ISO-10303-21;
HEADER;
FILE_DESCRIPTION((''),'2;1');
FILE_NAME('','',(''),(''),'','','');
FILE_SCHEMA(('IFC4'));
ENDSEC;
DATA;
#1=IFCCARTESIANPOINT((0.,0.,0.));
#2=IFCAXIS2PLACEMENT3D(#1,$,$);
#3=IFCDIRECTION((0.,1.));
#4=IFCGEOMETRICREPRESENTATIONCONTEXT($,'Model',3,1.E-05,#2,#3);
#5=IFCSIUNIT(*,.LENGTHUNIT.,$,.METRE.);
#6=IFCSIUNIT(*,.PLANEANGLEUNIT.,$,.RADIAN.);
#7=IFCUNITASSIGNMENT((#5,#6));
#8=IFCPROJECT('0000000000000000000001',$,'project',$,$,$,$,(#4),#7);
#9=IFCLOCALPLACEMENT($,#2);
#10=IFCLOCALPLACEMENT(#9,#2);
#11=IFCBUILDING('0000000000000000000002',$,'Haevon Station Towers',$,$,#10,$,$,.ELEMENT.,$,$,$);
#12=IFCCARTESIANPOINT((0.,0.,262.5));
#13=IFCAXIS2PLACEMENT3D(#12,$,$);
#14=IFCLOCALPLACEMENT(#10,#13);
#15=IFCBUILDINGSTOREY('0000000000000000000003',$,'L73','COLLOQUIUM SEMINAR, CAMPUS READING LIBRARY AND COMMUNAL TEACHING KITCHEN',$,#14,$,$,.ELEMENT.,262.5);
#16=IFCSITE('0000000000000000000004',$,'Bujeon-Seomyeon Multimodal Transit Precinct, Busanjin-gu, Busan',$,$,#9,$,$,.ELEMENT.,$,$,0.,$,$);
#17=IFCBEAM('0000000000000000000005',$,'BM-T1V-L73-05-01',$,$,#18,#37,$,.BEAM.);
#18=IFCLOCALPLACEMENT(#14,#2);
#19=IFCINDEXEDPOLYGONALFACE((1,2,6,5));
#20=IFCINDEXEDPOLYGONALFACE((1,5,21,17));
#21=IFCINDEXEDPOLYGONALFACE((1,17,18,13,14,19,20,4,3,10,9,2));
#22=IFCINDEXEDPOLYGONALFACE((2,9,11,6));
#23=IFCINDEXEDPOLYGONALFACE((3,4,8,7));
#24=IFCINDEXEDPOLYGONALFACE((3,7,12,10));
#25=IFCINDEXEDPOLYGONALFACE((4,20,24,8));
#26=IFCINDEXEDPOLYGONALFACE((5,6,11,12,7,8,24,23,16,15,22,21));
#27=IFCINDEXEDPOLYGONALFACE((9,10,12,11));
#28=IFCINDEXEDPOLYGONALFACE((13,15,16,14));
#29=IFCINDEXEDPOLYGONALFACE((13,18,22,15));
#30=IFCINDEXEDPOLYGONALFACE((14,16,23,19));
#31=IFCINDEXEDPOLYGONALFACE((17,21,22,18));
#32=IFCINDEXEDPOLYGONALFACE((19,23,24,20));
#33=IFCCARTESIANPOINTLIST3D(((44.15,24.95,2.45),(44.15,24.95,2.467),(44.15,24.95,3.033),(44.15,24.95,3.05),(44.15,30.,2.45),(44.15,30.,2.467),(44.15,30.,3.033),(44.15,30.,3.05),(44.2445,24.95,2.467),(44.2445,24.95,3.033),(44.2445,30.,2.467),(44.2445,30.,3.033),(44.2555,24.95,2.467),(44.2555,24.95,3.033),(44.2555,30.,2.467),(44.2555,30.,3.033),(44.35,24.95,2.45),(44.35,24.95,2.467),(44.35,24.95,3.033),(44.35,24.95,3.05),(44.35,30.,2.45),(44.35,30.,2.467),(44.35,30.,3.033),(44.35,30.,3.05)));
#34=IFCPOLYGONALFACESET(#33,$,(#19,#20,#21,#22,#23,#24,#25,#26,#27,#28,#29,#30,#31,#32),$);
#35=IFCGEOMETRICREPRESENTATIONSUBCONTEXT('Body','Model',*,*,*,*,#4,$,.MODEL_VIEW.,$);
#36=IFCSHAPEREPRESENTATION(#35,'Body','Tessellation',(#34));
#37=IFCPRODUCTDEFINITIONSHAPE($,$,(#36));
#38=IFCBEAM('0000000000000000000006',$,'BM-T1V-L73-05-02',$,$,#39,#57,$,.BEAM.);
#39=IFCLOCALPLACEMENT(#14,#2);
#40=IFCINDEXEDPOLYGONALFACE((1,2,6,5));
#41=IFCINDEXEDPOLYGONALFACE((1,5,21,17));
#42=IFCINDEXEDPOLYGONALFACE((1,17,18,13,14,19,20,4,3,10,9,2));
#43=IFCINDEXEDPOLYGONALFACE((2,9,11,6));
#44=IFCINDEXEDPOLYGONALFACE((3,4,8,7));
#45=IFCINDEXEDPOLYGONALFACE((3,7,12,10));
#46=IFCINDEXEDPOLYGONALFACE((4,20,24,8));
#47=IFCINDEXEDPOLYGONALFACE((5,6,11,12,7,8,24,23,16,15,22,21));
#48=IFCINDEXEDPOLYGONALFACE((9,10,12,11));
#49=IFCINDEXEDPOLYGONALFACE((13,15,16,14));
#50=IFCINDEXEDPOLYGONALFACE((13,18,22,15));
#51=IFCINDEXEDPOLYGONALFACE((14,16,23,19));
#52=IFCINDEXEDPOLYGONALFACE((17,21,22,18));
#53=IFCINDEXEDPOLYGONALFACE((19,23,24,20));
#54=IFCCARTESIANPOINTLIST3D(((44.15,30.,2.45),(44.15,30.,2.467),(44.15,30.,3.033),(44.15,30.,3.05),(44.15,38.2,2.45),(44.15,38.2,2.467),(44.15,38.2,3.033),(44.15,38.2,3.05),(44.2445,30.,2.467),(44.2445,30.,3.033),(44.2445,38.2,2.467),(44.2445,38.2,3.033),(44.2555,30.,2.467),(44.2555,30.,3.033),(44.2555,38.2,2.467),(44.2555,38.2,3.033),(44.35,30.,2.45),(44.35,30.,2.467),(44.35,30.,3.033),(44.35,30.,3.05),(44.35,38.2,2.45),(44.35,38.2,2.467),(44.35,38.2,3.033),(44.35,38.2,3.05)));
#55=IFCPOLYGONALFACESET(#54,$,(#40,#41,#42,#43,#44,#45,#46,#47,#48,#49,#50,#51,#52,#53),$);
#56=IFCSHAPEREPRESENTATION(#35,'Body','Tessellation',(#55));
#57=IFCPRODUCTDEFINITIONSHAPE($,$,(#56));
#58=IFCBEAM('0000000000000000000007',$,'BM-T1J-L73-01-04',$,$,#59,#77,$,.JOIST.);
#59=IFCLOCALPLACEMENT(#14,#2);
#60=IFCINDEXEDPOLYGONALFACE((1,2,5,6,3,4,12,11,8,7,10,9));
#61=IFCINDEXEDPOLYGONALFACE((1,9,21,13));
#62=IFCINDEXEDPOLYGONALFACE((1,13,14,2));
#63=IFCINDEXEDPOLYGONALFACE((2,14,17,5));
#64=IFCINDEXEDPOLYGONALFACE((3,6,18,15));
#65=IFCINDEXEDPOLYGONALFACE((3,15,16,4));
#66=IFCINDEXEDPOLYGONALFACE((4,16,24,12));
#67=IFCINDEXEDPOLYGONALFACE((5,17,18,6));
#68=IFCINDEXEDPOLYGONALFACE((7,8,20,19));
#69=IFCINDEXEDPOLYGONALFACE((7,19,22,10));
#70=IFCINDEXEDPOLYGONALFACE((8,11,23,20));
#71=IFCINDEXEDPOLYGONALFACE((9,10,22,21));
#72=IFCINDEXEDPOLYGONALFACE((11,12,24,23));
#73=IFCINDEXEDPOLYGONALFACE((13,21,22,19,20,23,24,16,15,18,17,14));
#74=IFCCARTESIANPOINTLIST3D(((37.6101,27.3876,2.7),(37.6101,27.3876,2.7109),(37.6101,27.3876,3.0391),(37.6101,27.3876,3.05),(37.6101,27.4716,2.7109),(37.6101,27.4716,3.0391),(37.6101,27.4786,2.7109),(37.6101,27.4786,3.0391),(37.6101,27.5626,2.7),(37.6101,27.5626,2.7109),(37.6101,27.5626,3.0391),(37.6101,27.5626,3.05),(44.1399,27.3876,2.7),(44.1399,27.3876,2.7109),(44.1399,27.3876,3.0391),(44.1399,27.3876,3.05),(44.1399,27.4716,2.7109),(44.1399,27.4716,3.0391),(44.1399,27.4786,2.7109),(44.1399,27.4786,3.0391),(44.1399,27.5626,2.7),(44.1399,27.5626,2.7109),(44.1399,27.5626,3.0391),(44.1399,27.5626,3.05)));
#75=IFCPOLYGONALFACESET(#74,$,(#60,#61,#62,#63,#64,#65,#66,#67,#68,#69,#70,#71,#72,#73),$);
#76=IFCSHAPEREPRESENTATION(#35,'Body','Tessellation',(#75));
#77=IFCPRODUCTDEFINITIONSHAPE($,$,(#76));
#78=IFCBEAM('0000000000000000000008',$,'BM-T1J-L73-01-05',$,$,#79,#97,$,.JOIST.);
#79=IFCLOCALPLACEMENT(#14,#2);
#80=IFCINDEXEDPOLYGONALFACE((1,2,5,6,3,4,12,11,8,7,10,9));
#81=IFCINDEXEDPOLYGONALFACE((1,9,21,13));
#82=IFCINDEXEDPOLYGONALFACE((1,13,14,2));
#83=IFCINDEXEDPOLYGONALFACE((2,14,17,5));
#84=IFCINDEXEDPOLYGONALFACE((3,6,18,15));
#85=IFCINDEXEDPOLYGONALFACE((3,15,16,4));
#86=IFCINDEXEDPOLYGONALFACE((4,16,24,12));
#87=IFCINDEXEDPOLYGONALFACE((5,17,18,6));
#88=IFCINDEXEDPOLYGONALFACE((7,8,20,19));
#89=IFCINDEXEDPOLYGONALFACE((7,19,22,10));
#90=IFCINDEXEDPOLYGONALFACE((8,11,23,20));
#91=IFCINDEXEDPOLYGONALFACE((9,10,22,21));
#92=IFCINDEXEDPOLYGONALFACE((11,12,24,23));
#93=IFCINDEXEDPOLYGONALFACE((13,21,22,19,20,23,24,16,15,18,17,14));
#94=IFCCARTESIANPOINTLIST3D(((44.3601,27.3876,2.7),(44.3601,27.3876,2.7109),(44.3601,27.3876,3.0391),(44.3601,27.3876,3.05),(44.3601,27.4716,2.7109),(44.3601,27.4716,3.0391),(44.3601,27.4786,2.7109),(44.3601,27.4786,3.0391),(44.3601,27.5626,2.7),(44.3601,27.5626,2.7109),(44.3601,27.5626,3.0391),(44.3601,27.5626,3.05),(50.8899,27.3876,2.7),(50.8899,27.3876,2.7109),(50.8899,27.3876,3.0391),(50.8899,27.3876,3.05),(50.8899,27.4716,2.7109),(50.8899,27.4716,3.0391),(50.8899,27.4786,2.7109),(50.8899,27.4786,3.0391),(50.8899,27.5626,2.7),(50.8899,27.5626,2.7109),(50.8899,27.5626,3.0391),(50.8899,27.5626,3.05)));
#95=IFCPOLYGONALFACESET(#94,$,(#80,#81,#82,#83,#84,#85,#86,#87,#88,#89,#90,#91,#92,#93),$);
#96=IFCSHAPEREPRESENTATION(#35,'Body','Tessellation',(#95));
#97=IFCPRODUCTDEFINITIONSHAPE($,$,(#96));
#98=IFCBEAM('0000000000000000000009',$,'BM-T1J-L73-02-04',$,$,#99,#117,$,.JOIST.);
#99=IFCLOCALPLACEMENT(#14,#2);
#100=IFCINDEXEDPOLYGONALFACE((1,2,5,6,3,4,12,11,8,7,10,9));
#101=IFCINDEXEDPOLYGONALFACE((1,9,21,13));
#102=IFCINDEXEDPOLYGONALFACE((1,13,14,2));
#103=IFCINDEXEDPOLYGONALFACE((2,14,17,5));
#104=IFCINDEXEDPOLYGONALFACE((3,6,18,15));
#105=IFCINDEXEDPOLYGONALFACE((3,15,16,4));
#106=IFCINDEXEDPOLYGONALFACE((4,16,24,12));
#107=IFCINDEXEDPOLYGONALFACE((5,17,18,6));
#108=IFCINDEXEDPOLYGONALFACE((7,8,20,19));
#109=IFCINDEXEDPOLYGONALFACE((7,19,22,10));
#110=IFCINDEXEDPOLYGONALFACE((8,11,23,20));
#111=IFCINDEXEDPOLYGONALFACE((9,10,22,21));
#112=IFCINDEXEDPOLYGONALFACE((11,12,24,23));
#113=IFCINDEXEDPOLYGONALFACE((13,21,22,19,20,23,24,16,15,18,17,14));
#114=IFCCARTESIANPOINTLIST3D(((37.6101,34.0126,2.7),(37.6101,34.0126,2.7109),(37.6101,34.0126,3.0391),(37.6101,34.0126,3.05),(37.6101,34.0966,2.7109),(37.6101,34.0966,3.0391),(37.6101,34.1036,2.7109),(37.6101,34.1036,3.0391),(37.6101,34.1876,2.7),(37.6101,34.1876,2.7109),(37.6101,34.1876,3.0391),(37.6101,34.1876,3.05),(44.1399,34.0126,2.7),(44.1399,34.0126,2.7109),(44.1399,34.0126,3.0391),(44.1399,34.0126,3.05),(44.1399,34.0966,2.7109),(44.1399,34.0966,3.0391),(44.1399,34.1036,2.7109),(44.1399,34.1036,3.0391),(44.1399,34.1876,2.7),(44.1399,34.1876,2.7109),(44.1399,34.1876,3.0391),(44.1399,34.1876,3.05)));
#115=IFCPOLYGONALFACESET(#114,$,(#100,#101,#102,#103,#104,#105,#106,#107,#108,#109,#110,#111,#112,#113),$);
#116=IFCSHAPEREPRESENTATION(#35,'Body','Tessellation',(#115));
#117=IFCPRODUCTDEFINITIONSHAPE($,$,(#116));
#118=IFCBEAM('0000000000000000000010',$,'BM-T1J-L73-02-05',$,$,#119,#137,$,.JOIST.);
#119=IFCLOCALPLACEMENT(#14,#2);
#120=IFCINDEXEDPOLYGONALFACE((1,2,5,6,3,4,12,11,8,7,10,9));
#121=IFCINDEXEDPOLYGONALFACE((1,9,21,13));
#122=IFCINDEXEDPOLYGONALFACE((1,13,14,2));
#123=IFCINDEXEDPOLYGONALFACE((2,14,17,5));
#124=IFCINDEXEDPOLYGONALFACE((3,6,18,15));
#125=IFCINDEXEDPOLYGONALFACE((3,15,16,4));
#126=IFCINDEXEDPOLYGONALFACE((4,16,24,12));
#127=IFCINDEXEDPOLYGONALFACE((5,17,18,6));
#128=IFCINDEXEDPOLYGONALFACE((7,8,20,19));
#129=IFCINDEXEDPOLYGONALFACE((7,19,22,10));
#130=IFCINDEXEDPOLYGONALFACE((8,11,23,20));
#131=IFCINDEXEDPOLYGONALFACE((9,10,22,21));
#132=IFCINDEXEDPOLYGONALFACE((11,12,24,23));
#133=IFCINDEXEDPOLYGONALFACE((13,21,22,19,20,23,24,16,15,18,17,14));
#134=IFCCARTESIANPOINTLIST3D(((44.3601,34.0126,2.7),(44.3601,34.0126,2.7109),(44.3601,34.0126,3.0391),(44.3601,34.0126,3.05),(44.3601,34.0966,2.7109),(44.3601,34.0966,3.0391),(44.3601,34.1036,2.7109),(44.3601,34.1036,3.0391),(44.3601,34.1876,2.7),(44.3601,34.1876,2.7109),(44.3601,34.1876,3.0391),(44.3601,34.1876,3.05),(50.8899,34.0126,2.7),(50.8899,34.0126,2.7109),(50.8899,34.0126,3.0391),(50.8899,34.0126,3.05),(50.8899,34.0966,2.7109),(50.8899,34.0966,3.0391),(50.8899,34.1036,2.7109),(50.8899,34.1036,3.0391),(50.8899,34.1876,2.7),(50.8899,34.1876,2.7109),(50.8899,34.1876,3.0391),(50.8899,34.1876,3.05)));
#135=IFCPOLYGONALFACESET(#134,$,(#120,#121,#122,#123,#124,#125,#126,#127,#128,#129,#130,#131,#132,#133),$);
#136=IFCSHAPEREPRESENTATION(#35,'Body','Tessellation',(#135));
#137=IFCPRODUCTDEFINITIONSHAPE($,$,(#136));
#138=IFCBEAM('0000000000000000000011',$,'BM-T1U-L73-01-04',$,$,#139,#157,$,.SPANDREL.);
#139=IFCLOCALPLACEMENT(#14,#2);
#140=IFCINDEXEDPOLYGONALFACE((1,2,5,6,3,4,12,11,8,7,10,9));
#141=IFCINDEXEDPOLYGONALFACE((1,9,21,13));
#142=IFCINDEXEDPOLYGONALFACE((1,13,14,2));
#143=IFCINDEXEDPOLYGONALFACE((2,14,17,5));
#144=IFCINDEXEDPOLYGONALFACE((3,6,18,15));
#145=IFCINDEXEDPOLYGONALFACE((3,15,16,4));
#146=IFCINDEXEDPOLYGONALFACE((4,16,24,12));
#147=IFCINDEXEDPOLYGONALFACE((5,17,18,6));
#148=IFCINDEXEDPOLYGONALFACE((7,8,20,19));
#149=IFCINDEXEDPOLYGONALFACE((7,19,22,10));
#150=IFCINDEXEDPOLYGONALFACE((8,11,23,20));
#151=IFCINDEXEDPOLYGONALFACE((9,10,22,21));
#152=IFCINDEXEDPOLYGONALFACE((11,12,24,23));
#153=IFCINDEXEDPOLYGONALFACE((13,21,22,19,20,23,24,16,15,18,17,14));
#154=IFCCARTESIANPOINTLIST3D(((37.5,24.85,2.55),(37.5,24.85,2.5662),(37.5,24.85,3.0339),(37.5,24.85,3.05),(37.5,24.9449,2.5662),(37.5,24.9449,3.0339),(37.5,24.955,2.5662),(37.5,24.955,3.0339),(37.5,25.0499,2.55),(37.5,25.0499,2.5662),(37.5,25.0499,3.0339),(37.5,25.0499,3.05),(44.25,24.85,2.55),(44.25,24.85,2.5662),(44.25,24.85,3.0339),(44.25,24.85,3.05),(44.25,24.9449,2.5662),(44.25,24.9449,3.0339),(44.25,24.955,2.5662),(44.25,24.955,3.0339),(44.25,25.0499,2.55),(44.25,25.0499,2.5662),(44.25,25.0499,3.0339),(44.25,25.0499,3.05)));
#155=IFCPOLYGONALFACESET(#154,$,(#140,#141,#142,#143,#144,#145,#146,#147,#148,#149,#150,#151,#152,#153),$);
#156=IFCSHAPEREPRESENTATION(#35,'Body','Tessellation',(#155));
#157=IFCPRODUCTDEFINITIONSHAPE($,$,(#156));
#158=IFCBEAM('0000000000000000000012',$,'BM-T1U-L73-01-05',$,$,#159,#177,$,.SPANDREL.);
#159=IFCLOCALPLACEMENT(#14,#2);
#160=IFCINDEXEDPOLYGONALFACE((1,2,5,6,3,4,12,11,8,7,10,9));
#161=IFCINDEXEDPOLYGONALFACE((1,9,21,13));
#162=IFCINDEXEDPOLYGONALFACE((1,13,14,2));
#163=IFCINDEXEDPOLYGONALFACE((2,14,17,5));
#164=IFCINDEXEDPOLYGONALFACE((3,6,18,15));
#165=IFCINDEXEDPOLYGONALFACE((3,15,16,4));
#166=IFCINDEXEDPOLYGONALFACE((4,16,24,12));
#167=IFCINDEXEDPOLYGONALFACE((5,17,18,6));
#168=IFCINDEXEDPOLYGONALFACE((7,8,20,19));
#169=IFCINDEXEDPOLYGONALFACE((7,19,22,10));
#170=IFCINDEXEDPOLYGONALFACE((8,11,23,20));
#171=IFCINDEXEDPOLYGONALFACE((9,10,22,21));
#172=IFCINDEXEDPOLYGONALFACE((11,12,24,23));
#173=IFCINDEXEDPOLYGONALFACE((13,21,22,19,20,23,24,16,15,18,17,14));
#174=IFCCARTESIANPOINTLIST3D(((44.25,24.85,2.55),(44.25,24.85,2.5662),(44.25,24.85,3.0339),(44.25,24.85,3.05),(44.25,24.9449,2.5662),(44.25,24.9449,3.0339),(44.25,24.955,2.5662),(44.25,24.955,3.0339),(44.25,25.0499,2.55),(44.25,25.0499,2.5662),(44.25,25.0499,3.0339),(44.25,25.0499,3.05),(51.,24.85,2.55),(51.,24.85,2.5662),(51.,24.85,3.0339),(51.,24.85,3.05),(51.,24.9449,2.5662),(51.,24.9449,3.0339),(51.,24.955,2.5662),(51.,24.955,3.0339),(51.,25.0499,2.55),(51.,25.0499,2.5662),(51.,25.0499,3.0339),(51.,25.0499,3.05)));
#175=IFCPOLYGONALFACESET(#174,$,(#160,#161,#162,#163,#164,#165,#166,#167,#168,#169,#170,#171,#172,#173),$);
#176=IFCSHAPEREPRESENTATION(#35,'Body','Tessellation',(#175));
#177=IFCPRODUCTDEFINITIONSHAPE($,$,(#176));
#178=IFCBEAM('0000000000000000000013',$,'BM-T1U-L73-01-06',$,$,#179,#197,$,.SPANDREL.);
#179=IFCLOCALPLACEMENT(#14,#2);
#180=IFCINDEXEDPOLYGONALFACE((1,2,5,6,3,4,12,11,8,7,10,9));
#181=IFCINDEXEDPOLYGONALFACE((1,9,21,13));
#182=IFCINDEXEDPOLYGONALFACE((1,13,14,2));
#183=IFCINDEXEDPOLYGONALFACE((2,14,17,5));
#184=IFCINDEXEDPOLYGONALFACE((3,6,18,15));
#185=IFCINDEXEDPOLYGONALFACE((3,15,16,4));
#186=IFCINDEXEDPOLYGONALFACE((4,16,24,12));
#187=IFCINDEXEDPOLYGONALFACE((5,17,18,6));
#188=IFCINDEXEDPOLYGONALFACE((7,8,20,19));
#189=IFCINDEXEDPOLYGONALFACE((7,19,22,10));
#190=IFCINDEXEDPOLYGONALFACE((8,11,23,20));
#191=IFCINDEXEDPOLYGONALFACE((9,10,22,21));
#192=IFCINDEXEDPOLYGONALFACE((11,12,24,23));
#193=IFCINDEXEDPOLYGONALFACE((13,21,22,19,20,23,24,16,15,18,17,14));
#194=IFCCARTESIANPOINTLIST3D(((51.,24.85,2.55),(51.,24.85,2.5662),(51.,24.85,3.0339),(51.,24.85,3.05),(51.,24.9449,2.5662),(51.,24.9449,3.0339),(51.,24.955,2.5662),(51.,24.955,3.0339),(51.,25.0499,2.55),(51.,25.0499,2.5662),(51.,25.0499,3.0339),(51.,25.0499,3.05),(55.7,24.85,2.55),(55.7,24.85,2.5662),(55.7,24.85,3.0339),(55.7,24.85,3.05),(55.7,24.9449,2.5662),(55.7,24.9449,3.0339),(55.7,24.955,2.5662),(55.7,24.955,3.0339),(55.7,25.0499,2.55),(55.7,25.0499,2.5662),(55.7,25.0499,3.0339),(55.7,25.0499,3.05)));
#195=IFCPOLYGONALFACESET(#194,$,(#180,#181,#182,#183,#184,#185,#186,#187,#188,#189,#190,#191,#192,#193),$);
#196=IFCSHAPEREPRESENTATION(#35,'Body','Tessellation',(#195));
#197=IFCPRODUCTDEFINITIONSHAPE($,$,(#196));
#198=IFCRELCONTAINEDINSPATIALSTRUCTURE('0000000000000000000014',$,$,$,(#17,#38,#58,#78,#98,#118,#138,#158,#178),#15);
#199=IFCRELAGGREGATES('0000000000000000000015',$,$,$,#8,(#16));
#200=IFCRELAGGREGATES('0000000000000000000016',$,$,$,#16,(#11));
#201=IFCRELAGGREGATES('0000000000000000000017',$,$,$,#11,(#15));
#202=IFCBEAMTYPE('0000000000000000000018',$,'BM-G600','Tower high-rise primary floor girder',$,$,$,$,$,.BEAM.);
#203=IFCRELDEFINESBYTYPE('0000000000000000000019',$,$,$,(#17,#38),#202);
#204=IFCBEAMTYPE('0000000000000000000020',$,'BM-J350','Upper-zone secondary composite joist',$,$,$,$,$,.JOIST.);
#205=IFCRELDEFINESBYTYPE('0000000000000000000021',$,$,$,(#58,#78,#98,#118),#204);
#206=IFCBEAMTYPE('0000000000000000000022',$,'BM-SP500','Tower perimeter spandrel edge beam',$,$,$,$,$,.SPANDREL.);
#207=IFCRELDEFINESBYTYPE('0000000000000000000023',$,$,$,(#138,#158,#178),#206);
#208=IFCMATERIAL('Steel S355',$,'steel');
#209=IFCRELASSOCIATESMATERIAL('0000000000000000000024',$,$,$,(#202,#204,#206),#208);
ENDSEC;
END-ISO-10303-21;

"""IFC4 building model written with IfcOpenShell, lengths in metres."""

from ifc_helpers import new_model, si_unit, direction, frame, origin, origin_2d, place, context, subcontext, project, spatial, i_section, extrude, material, material_profile, profile_set, type_object, element, save


model = new_model("IFC4")

# Units and contexts
model_context = context("Model", 3, precision=1e-05, world=origin(), true_north=direction((0.0, 1.0)))
body_context = subcontext(model_context, "Body", "Model", "MODEL_VIEW")
ifc_project = project(units=[si_unit("LENGTHUNIT", "METRE"), si_unit("PLANEANGLEUNIT", "RADIAN")], contexts=[model_context])

# Site, building, storey
site_placement = place(None, origin())
site = spatial("IfcSite", under=ifc_project, at=site_placement, Name="Bujeon-Seomyeon Multimodal Transit Precinct, Busanjin-gu, Busan", CompositionType="ELEMENT", RefElevation=0.0)
building_placement = place(site_placement, origin())
building = spatial("IfcBuilding", under=site, at=building_placement, Name="Haevon Station Towers", CompositionType="ELEMENT")
storey_placement = place(building_placement, frame((0.0, 0.0, 262.5)))
storey = spatial("IfcBuildingStorey", under=building, at=storey_placement, Name="L73", Description="COLLOQUIUM SEMINAR, CAMPUS READING LIBRARY AND COMMUNAL TEACHING KITCHEN", CompositionType="ELEMENT", Elevation=262.5)

# Shared definitions
ifc_material_1 = material(Name="Steel S355", Category="steel")

# Beams
ifc_material_profile_1 = material_profile(ifc_material_1, i_section(OverallWidth=0.2, OverallDepth=0.6001, WebThickness=0.011, FlangeThickness=0.0171, at=origin_2d()), Name="H-600x200x11x17")
ifc_profile_set_1 = profile_set([ifc_material_profile_1], Name="Steel S355")
beam_type_1 = type_object("IfcBeamType", Name="BM-G600", Description="Tower high-rise primary floor girder", PredefinedType="BEAM", material=ifc_profile_set_1)
beam_1_placement = place(storey_placement, frame((44.25, 24.95, 2.75), z_axis=(0.0, 1.0, 0.0), x_axis=(-1.0, 0.0, 0.0)))
element("IfcBeam", 1, at=beam_1_placement, inside=storey, type_object=beam_type_1, Name="BM-T1V-L73-05-01", PredefinedType="BEAM", context=body_context, shape_type="SweptSolid", body=[
    extrude(i_section(OverallWidth=0.2, OverallDepth=0.6001, WebThickness=0.011, FlangeThickness=0.0171, at=origin_2d()), origin(), (0.0, 0.0, 1.0), 5.05),
])
beam_2_placement = place(storey_placement, frame((44.25, 30.0, 2.75), z_axis=(0.0, 1.0, 0.0), x_axis=(-1.0, 0.0, 0.0)))
element("IfcBeam", 2, at=beam_2_placement, inside=storey, type_object=beam_type_1, Name="BM-T1V-L73-05-02", PredefinedType="BEAM", context=body_context, shape_type="SweptSolid", body=[
    extrude(i_section(OverallWidth=0.2, OverallDepth=0.6001, WebThickness=0.011, FlangeThickness=0.0171, at=origin_2d()), origin(), (0.0, 0.0, 1.0), 8.2),
])
ifc_material_profile_2 = material_profile(ifc_material_1, i_section(OverallWidth=0.175, OverallDepth=0.3501, WebThickness=0.0071, FlangeThickness=0.011, at=origin_2d()), Name="H-350x175x7x11")
ifc_profile_set_2 = profile_set([ifc_material_profile_2], Name="Steel S355")
beam_type_2 = type_object("IfcBeamType", Name="BM-J350", Description="Upper-zone secondary composite joist", PredefinedType="JOIST", material=ifc_profile_set_2)
for number, where, z_axis, x_axis, name in (
    (3, (37.6101, 27.4751, 2.875), (1.0, 0.0, 0.0), (0.0, 1.0, 0.0), "BM-T1J-L73-01-04"),
    (4, (44.3601, 27.4751, 2.875), (1.0, 0.0, 0.0), (0.0, 1.0, 0.0), "BM-T1J-L73-01-05"),
    (5, (37.6101, 34.1001, 2.875), (1.0, 0.0, 0.0), (0.0, 1.0, 0.0), "BM-T1J-L73-02-04"),
    (6, (44.3601, 34.1001, 2.875), (1.0, 0.0, 0.0), (0.0, 1.0, 0.0), "BM-T1J-L73-02-05"),
):
    element("IfcBeam", number, at=place(storey_placement, frame(where, z_axis=z_axis, x_axis=x_axis)), inside=storey, type_object=beam_type_2, Name=name, PredefinedType="JOIST", context=body_context, shape_type="SweptSolid", body=[
        extrude(i_section(OverallWidth=0.175, OverallDepth=0.3501, WebThickness=0.0071, FlangeThickness=0.011, at=origin_2d()), origin(), (0.0, 0.0, 1.0), 6.5298),
    ])
ifc_material_profile_3 = material_profile(ifc_material_1, i_section(OverallWidth=0.2, OverallDepth=0.5, WebThickness=0.01, FlangeThickness=0.0161, at=origin_2d()), Name="H-500x200x10x16")
ifc_profile_set_3 = profile_set([ifc_material_profile_3], Name="Steel S355")
beam_type_3 = type_object("IfcBeamType", Name="BM-SP500", Description="Tower perimeter spandrel edge beam", PredefinedType="SPANDREL", material=ifc_profile_set_3)
for number, where, z_axis, x_axis, name in (
    (7, (37.5, 24.95, 2.8), (1.0, 0.0, 0.0), (0.0, 1.0, 0.0), "BM-T1U-L73-01-04"),
    (8, (44.25, 24.95, 2.8), (1.0, 0.0, 0.0), (0.0, 1.0, 0.0), "BM-T1U-L73-01-05"),
):
    element("IfcBeam", number, at=place(storey_placement, frame(where, z_axis=z_axis, x_axis=x_axis)), inside=storey, type_object=beam_type_3, Name=name, PredefinedType="SPANDREL", context=body_context, shape_type="SweptSolid", body=[
        extrude(i_section(OverallWidth=0.2, OverallDepth=0.5, WebThickness=0.01, FlangeThickness=0.0161, at=origin_2d()), origin(), (0.0, 0.0, 1.0), 6.75),
    ])
beam_3_placement = place(storey_placement, frame((51.0, 24.95, 2.8), z_axis=(1.0, 0.0, 0.0), x_axis=(0.0, 1.0, 0.0)))
element("IfcBeam", 9, at=beam_3_placement, inside=storey, type_object=beam_type_3, Name="BM-T1U-L73-01-06", PredefinedType="SPANDREL", context=body_context, shape_type="SweptSolid", body=[
    extrude(i_section(OverallWidth=0.2, OverallDepth=0.5, WebThickness=0.01, FlangeThickness=0.0161, at=origin_2d()), origin(), (0.0, 0.0, 1.0), 4.7),
])

save(model, "model.ifc")
